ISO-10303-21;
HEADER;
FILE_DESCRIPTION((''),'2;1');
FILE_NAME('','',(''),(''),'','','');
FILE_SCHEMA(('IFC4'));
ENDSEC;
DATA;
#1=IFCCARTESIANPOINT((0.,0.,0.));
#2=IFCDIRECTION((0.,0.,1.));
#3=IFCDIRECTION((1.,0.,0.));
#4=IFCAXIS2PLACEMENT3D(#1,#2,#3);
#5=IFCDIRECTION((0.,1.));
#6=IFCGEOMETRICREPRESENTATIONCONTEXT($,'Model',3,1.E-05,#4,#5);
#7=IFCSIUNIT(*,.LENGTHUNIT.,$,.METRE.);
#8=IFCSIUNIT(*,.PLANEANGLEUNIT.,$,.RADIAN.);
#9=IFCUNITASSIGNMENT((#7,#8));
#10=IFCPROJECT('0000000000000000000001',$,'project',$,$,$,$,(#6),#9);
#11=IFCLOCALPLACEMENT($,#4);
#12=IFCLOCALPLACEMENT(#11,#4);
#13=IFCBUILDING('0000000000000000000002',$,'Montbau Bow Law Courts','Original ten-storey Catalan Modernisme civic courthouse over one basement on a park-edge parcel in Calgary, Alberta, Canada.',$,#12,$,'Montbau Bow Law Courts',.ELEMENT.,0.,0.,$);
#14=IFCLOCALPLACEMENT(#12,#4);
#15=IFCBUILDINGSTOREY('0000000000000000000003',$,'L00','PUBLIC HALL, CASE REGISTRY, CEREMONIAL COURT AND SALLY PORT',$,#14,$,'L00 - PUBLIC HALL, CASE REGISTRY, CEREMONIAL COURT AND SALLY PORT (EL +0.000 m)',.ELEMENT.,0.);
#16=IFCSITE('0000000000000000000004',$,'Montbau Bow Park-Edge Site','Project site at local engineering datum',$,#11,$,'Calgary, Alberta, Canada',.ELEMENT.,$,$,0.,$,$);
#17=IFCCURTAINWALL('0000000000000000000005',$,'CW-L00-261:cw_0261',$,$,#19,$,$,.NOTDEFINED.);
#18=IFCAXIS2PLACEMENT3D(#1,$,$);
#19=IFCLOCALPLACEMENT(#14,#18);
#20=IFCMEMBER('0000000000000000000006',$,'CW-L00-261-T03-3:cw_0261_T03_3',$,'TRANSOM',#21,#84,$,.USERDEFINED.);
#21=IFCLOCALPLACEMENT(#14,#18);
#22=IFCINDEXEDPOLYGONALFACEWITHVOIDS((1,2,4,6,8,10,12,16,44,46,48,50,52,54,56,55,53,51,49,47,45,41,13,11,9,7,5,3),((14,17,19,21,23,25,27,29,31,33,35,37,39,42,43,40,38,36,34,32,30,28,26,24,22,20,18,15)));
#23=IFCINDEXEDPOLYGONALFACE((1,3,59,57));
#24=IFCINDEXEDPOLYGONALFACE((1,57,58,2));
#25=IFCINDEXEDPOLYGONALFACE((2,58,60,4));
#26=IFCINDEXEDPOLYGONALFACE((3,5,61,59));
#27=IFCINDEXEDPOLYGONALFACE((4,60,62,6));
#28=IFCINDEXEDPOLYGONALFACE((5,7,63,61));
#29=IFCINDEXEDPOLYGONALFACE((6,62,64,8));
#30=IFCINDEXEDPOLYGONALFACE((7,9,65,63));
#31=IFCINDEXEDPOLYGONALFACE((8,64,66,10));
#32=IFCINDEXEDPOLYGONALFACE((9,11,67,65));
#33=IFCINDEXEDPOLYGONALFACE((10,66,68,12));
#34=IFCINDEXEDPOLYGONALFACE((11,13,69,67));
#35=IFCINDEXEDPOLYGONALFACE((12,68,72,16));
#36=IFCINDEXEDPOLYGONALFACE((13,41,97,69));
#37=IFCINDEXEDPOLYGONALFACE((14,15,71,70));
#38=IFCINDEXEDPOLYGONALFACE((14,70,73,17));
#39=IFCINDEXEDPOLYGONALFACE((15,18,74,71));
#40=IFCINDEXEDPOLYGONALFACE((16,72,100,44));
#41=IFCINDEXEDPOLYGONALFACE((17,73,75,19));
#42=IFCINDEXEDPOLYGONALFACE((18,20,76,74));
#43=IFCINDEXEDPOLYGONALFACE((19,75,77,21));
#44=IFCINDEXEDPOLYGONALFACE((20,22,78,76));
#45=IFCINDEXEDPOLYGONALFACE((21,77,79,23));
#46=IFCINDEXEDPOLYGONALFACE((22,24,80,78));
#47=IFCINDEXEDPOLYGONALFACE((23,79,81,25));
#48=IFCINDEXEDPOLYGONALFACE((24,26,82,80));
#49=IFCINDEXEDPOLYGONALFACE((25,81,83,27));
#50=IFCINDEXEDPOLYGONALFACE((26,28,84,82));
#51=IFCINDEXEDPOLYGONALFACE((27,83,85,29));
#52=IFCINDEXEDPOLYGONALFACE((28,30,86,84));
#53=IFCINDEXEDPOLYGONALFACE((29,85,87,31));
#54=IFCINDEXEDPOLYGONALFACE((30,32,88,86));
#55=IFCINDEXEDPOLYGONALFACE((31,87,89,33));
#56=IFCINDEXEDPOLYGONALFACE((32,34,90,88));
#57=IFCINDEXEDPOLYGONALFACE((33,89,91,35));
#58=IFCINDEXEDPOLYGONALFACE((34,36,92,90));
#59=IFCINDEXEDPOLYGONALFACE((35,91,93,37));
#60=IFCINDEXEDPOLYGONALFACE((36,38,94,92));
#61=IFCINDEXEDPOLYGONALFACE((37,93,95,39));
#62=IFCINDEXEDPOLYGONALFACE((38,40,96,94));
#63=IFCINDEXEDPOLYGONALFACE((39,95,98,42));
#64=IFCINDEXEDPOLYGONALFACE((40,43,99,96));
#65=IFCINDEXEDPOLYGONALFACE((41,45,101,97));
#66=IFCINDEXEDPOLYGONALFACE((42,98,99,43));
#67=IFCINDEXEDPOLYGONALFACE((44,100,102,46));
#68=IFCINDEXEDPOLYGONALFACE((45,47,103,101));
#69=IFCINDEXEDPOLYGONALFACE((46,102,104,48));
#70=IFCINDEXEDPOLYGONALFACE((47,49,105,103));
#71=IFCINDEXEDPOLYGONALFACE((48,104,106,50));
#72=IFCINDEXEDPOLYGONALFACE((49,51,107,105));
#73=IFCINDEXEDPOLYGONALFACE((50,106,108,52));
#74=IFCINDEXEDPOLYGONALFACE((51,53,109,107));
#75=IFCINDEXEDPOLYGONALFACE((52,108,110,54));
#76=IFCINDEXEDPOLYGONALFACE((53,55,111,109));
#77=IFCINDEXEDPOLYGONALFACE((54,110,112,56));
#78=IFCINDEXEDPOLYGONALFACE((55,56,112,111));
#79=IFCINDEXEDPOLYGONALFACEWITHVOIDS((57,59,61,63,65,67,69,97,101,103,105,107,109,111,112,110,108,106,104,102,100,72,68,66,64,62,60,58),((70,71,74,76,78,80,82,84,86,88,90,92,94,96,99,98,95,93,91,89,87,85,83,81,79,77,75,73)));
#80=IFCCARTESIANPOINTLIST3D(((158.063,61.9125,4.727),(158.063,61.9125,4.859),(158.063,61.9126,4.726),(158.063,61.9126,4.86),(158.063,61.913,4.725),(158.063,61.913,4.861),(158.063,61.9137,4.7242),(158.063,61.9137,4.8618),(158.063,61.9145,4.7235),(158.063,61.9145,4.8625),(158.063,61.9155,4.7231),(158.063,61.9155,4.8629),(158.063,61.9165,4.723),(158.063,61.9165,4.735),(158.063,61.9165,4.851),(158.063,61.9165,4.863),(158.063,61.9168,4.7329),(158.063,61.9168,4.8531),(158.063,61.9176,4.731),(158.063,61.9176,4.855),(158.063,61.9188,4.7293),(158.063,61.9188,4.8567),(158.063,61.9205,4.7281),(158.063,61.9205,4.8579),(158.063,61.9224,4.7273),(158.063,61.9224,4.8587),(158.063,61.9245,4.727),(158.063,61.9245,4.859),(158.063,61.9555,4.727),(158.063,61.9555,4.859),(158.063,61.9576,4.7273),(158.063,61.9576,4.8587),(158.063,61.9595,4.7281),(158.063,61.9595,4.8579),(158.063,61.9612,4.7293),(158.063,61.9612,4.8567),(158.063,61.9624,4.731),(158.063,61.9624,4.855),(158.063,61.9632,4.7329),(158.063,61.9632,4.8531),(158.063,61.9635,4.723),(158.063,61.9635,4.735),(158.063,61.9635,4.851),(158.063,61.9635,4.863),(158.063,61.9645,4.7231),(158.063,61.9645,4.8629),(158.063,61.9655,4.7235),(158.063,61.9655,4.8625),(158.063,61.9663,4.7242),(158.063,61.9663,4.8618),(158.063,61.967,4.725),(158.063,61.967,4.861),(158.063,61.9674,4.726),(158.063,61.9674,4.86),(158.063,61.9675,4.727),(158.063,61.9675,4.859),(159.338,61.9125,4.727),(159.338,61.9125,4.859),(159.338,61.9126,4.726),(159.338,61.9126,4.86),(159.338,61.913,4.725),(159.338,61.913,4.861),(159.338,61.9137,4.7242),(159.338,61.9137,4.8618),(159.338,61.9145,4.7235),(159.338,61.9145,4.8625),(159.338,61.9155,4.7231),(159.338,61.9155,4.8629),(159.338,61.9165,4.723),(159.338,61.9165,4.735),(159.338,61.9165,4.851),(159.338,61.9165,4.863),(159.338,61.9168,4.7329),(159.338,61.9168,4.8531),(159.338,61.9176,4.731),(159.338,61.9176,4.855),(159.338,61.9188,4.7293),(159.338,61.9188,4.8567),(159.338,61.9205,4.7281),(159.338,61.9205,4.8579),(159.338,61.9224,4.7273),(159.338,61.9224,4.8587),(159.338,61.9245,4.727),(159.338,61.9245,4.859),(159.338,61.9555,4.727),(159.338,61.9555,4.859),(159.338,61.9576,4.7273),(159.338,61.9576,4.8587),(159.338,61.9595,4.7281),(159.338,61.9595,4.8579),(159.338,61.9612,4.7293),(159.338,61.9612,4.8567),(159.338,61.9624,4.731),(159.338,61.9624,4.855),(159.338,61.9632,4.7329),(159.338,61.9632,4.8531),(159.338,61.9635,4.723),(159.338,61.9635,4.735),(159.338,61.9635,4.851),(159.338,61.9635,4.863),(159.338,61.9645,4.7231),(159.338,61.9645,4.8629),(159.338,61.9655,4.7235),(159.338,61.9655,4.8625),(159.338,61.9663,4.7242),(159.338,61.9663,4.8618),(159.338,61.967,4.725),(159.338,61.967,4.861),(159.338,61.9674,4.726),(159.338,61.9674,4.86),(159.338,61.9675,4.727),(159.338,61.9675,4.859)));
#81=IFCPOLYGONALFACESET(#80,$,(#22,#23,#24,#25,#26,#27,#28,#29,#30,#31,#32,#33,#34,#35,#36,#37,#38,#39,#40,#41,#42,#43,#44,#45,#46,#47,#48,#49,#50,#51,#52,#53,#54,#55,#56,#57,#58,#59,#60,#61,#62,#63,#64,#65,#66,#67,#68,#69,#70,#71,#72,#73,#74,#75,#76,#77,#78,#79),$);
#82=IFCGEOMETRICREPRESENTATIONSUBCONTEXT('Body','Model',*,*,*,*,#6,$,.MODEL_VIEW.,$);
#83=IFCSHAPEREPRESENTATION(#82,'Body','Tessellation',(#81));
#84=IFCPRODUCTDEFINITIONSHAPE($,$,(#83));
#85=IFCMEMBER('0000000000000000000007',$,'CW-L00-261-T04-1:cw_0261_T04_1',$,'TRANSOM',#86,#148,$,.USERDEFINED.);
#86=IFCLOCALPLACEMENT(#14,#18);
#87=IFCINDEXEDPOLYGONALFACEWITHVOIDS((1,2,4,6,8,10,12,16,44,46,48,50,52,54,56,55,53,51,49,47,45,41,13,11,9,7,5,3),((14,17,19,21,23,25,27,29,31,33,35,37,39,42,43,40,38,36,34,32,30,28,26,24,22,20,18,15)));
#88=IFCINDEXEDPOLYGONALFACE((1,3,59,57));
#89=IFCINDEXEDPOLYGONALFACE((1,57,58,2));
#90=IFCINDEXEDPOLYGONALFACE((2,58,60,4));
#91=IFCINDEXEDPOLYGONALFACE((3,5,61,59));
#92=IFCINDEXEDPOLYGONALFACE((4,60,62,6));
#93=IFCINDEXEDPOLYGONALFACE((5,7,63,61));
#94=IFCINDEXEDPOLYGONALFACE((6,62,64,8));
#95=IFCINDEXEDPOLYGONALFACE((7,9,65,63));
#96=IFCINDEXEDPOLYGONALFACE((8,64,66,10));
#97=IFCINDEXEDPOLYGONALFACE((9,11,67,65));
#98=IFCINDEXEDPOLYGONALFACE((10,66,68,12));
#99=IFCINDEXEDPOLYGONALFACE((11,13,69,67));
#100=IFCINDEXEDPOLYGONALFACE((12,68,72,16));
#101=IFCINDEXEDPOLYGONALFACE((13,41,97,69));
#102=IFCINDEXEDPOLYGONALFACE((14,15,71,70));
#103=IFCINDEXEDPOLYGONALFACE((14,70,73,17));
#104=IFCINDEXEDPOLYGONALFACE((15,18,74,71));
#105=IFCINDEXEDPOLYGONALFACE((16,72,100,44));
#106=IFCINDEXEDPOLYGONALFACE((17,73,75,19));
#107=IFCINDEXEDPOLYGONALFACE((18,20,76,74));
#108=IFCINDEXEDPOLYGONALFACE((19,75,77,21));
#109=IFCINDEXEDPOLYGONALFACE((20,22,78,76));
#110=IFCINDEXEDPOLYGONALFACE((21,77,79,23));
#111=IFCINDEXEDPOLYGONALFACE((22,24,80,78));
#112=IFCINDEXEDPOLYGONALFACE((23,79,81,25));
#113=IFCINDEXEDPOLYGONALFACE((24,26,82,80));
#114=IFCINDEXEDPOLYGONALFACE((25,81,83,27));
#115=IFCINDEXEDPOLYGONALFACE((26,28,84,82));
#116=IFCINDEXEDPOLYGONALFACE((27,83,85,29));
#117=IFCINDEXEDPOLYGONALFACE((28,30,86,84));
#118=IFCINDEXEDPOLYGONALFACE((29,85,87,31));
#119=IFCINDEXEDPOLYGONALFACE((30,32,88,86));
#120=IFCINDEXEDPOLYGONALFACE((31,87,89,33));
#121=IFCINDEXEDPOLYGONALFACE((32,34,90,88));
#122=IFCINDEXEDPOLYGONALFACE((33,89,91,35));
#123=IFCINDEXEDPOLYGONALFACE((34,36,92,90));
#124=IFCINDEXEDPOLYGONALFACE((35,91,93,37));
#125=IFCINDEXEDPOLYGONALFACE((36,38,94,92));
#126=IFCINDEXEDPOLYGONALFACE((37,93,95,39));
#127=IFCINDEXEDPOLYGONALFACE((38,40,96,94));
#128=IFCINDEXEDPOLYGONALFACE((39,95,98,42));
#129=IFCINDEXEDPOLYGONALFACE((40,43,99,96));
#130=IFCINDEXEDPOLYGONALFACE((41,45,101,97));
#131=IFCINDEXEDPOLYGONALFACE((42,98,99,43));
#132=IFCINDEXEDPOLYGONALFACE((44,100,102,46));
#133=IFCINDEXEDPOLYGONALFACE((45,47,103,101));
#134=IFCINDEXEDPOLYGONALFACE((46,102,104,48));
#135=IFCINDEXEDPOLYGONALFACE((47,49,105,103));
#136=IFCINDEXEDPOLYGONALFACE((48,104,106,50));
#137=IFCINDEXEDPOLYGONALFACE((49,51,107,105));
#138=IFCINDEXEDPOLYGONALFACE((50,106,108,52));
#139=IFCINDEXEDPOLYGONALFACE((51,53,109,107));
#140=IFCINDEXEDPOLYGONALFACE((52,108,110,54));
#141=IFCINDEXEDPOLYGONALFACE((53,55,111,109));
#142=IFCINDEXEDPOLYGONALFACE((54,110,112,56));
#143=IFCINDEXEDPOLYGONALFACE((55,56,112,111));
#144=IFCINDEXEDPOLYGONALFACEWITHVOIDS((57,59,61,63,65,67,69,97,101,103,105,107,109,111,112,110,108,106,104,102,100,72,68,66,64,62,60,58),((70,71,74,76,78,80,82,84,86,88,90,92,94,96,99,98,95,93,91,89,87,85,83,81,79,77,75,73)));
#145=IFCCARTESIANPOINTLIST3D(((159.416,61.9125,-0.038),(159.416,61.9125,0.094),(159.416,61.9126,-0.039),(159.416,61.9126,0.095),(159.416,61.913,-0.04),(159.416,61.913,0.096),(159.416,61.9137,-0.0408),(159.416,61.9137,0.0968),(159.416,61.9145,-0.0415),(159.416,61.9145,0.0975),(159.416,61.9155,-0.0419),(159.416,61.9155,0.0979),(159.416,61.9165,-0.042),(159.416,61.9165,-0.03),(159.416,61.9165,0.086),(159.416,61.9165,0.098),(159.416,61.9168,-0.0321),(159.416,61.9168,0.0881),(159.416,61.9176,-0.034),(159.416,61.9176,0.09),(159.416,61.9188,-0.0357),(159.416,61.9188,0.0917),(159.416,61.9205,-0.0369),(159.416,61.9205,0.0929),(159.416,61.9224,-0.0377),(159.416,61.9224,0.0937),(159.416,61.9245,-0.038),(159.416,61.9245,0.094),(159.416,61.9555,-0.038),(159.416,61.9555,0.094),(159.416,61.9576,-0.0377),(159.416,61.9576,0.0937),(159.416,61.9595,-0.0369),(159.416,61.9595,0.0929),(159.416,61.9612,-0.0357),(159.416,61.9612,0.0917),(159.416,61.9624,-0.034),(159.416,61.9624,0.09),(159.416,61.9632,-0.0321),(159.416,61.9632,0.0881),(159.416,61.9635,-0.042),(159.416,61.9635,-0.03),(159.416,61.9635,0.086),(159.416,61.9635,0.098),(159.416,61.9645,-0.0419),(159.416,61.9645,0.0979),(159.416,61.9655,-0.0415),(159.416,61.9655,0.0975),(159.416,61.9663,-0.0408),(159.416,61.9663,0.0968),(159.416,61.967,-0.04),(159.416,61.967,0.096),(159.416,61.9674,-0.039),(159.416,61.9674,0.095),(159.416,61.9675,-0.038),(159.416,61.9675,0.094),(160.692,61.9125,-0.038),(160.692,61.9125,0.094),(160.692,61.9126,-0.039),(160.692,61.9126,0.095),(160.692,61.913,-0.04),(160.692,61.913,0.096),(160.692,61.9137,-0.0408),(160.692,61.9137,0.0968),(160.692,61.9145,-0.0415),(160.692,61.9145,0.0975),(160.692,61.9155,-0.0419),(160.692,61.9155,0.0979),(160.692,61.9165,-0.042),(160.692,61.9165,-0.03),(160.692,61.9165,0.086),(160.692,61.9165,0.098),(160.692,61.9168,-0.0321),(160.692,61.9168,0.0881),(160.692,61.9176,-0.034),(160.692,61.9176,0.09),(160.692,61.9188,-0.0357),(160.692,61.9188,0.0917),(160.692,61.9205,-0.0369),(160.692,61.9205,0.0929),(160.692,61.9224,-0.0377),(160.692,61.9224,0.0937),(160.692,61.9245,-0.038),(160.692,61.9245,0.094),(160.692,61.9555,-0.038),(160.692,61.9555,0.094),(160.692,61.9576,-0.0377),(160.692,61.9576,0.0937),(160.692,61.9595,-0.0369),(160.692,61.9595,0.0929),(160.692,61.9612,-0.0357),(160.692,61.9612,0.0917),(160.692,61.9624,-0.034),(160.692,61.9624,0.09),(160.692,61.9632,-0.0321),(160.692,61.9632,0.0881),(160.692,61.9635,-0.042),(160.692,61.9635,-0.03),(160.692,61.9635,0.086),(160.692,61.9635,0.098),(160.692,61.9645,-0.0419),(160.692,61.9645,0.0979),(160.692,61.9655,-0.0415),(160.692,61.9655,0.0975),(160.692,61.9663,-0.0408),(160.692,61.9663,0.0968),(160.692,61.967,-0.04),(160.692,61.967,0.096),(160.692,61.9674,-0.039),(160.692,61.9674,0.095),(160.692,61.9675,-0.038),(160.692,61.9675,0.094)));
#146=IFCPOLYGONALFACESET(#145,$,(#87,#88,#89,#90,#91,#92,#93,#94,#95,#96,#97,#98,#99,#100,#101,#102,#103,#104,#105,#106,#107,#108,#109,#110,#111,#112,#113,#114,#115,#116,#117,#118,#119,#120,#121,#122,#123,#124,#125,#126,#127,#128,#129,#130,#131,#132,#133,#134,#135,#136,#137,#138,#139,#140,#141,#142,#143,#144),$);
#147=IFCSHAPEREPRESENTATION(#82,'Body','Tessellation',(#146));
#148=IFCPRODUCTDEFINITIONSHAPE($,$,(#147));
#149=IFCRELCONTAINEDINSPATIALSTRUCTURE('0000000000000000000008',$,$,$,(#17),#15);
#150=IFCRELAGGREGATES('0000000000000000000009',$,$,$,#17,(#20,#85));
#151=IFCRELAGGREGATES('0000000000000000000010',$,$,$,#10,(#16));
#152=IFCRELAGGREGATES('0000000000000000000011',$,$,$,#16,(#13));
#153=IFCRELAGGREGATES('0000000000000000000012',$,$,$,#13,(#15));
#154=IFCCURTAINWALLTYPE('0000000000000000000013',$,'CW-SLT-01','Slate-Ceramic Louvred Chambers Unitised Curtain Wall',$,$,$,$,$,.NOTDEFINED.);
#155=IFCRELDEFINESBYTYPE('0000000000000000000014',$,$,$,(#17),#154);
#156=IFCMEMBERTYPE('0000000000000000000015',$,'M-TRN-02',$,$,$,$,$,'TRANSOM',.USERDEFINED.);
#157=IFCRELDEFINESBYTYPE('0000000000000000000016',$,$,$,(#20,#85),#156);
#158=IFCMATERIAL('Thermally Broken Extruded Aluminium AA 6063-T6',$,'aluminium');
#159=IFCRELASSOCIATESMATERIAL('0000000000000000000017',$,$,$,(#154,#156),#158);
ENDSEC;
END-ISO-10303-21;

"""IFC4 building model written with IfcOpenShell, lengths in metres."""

from ifc_helpers import new_model, si_unit, direction, frame, origin_with_axes, origin_2d_with_axis, place, context, subcontext, project, spatial, hollow_rectangle, extrude, material, material_profile, profile_set, type_object, element, aggregate, save


model = new_model("IFC4")

# Units and contexts
model_context = context("Model", 3, precision=1e-05, world=origin_with_axes(), true_north=direction((0.0, 1.0)))
body_context = subcontext(model_context, "Body", "Model", "MODEL_VIEW")
ifc_project = project(units=[si_unit("LENGTHUNIT", "METRE"), si_unit("PLANEANGLEUNIT", "RADIAN")], contexts=[model_context])

# Site, building, storey
site_placement = place(None, origin_with_axes())
site = spatial("IfcSite", under=ifc_project, at=site_placement, Name="Montbau Bow Park-Edge Site", Description="Project site at local engineering datum", LongName="Calgary, Alberta, Canada", CompositionType="ELEMENT", RefElevation=0.0)
building_placement = place(site_placement, origin_with_axes())
building = spatial("IfcBuilding", under=site, at=building_placement, Name="Montbau Bow Law Courts", Description="Original ten-storey Catalan Modernisme civic courthouse over one basement on a park-edge parcel in Calgary, Alberta, Canada.", LongName="Montbau Bow Law Courts", CompositionType="ELEMENT", ElevationOfRefHeight=0.0, ElevationOfTerrain=0.0)
storey_placement = place(building_placement, origin_with_axes())
storey = spatial("IfcBuildingStorey", under=building, at=storey_placement, Name="L00", Description="PUBLIC HALL, CASE REGISTRY, CEREMONIAL COURT AND SALLY PORT", LongName="L00 - PUBLIC HALL, CASE REGISTRY, CEREMONIAL COURT AND SALLY PORT (EL +0.000 m)", CompositionType="ELEMENT", Elevation=0.0)

# Curtain wall, members
ifc_material_1 = material(Name="Thermally Broken Extruded Aluminium AA 6063-T6", Category="aluminium")
curtain_wall_type = type_object("IfcCurtainWallType", Name="CW-SLT-01", Description="Slate-Ceramic Louvred Chambers Unitised Curtain Wall", PredefinedType="NOTDEFINED", material=ifc_material_1)
curtain_wall_placement = place(None, frame((155.315, 61.94, 0.0), z_axis=(0.0, 0.0, 1.0), x_axis=(1.0, 0.0, 0.0)))
curtain_wall = element("IfcCurtainWall", 1, at=curtain_wall_placement, inside=storey, type_object=curtain_wall_type, Name="CW-L00-261:cw_0261", PredefinedType="NOTDEFINED")
ifc_material_profile_1 = material_profile(ifc_material_1, hollow_rectangle(XDim=0.055, YDim=0.14, WallThickness=0.004, InnerFilletRadius=0.008, OuterFilletRadius=0.004, at=origin_2d_with_axis()), Name="CWT-140X55", Category="Main", Priority=0)
ifc_profile_set_1 = profile_set([ifc_material_profile_1], Name="Thermally Broken Extruded Aluminium AA 6063-T6")
member_type_1 = type_object("IfcMemberType", Name="M-TRN-02", ElementType="TRANSOM", PredefinedType="USERDEFINED", material=ifc_profile_set_1)
member_1_placement = place(None, frame((158.063, 61.94, 4.793), z_axis=(1.0, 0.0, 0.0), x_axis=(0.0, 1.0, 0.0)))
member_1 = element("IfcMember", 2, at=member_1_placement, type_object=member_type_1, Name="CW-L00-261-T03-3:cw_0261_T03_3", ObjectType="TRANSOM", PredefinedType="USERDEFINED", context=body_context, shape_type="SweptSolid", body=[
    extrude(hollow_rectangle(XDim=0.055, YDim=0.14, WallThickness=0.004, InnerFilletRadius=0.008, OuterFilletRadius=0.004, at=origin_2d_with_axis()), origin_with_axes(), (0.0, 0.0, 1.0), 1.275),
])
member_2_placement = place(None, frame((159.416, 61.94, 0.028), z_axis=(1.0, 0.0, 0.0), x_axis=(0.0, 1.0, 0.0)))
member_2 = element("IfcMember", 3, at=member_2_placement, type_object=member_type_1, Name="CW-L00-261-T04-1:cw_0261_T04_1", ObjectType="TRANSOM", PredefinedType="USERDEFINED", context=body_context, shape_type="SweptSolid", body=[
    extrude(hollow_rectangle(XDim=0.055, YDim=0.14, WallThickness=0.004, InnerFilletRadius=0.008, OuterFilletRadius=0.004, at=origin_2d_with_axis()), origin_with_axes(), (0.0, 0.0, 1.0), 1.276),
])
aggregate(curtain_wall, [member_1, member_2])

save(model, "model.ifc")
